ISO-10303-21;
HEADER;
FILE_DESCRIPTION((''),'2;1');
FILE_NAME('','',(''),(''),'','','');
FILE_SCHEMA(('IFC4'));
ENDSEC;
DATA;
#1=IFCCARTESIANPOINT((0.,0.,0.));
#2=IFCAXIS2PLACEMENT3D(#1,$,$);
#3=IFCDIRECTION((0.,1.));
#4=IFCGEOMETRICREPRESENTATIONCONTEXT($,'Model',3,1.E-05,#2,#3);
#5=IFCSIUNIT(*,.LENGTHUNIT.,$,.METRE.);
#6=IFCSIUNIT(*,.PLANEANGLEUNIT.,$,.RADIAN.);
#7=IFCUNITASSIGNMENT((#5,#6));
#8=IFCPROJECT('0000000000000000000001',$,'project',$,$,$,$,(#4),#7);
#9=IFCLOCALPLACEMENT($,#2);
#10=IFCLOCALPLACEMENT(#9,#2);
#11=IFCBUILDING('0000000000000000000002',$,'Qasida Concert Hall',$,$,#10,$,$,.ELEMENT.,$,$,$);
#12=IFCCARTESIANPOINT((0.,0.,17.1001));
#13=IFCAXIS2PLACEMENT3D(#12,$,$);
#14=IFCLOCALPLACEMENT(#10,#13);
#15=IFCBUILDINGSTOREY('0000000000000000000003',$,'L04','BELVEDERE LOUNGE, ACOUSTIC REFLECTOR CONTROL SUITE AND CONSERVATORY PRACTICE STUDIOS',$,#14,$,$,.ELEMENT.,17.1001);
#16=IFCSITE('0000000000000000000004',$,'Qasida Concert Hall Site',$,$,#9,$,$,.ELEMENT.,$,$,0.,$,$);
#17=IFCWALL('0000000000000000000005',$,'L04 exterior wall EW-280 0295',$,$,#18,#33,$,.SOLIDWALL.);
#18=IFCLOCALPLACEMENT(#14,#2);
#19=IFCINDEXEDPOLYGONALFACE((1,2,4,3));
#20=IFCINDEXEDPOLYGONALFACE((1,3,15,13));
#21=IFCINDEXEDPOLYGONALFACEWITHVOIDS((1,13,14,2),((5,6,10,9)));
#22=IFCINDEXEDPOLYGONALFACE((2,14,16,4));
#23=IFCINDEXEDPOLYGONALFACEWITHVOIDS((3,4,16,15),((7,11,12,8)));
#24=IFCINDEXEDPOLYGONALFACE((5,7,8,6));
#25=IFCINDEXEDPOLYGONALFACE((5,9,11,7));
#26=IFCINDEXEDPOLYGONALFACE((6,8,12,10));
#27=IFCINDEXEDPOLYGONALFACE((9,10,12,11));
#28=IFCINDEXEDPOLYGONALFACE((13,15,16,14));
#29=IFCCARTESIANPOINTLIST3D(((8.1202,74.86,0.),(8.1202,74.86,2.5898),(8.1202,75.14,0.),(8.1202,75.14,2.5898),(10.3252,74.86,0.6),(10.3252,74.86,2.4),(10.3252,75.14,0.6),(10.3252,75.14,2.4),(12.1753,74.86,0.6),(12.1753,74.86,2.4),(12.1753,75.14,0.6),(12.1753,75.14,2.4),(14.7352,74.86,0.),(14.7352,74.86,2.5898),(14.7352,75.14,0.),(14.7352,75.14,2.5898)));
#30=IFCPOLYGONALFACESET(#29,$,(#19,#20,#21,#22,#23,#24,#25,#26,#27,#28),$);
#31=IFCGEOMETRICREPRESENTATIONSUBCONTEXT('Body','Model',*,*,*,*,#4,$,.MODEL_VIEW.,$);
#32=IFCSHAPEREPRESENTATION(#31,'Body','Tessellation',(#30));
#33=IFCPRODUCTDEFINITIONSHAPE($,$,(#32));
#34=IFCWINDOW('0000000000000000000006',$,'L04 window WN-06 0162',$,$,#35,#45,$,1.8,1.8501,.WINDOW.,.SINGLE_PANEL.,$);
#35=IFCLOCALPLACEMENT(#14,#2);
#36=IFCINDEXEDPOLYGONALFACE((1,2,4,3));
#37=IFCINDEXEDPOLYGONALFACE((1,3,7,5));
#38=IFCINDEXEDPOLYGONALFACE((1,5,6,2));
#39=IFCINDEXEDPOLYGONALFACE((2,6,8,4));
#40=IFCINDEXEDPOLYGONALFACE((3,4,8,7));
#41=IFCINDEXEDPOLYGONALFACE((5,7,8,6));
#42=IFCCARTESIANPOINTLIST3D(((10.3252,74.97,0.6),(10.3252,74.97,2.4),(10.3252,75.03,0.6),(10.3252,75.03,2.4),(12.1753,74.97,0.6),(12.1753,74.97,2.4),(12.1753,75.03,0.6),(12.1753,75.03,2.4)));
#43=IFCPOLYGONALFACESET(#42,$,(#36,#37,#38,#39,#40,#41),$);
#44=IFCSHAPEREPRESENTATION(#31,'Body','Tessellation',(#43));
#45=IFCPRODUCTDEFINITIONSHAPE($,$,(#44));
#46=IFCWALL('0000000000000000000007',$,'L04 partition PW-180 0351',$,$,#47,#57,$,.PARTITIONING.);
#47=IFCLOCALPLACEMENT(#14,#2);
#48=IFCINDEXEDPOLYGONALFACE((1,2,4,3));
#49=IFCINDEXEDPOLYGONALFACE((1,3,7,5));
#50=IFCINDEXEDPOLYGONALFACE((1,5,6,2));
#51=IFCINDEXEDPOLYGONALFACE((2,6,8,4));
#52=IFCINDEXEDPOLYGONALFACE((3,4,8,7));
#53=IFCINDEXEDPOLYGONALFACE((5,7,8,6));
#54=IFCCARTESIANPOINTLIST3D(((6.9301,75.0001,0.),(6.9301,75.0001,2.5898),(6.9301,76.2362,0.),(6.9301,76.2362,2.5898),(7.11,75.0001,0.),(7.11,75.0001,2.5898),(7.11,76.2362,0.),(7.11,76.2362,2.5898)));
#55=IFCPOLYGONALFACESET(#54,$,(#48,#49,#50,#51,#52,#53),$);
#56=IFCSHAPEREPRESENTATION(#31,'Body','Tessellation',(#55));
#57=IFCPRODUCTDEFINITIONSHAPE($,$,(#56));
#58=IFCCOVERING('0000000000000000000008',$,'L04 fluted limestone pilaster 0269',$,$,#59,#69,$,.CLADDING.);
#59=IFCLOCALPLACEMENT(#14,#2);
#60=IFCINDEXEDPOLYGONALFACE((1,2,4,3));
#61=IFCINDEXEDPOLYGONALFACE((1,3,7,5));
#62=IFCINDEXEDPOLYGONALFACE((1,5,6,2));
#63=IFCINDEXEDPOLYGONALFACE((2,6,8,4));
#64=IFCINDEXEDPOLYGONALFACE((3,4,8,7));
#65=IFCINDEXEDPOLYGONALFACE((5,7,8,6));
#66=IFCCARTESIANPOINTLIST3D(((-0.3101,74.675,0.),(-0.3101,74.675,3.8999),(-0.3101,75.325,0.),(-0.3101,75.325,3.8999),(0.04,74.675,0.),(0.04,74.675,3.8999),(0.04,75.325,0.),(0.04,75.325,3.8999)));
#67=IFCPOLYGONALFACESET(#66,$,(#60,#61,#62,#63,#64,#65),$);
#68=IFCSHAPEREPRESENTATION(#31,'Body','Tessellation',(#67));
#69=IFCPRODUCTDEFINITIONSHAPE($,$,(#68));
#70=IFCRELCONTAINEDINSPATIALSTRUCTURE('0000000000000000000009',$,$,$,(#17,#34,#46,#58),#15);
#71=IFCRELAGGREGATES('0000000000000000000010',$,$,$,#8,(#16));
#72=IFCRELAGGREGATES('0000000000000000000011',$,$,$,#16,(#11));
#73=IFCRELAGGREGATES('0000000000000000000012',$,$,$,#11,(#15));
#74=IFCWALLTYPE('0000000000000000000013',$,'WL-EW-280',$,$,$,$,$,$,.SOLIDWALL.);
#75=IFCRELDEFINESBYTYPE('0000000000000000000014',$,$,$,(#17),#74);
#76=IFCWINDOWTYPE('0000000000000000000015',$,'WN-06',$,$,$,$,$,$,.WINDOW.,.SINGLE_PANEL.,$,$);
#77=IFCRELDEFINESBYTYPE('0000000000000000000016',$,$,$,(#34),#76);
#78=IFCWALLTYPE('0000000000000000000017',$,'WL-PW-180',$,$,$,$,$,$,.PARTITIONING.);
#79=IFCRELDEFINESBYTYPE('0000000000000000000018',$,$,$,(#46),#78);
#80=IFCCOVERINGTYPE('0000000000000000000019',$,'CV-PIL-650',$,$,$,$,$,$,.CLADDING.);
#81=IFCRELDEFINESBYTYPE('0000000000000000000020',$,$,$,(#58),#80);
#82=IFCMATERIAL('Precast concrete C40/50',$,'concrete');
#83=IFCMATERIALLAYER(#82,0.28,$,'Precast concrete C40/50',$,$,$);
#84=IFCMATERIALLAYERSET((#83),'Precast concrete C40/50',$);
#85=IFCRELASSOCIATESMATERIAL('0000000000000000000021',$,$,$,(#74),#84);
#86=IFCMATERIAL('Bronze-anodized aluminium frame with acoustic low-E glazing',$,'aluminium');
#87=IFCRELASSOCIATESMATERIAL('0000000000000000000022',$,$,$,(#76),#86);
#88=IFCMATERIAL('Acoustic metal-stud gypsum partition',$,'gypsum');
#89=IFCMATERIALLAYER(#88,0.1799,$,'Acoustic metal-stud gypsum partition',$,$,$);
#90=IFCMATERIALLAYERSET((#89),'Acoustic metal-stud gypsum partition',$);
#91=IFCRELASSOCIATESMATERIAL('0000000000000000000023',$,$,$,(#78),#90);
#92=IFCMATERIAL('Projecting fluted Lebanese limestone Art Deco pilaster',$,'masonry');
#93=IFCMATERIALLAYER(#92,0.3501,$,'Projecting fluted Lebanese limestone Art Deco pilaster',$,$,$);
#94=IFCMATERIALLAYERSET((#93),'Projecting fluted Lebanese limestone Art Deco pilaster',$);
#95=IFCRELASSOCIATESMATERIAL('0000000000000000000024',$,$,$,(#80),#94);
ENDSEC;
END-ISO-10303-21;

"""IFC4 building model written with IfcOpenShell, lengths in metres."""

from ifc_helpers import new_model, si_unit, direction, frame, frame_2d, origin, origin_2d, place, context, subcontext, project, spatial, rectangle, extrude, material, layer, layer_set, type_object, element, fill, save


model = new_model("IFC4")

# Units and contexts
model_context = context("Model", 3, precision=1e-05, world=origin(), true_north=direction((0.0, 1.0)))
body_context = subcontext(model_context, "Body", "Model", "MODEL_VIEW")
ifc_project = project(units=[si_unit("LENGTHUNIT", "METRE"), si_unit("PLANEANGLEUNIT", "RADIAN")], contexts=[model_context])

# Site, building, storey
site_placement = place(None, origin())
site = spatial("IfcSite", under=ifc_project, at=site_placement, Name="Qasida Concert Hall Site", CompositionType="ELEMENT", RefElevation=0.0)
building_placement = place(site_placement, origin())
building = spatial("IfcBuilding", under=site, at=building_placement, Name="Qasida Concert Hall", CompositionType="ELEMENT")
storey_placement = place(building_placement, frame((0.0, 0.0, 17.1001)))
storey = spatial("IfcBuildingStorey", under=building, at=storey_placement, Name="L04", Description="BELVEDERE LOUNGE, ACOUSTIC REFLECTOR CONTROL SUITE AND CONSERVATORY PRACTICE STUDIOS", CompositionType="ELEMENT", Elevation=17.1001)

# Wall, opening, window
ifc_material_1 = material(Name="Precast concrete C40/50", Category="concrete")
ifc_layer_1 = layer(ifc_material_1, 0.28, Name="Precast concrete C40/50")
ifc_layer_set_1 = layer_set([ifc_layer_1], Name="Precast concrete C40/50")
wall_type_1 = type_object("IfcWallType", Name="WL-EW-280", PredefinedType="SOLIDWALL", material=ifc_layer_set_1)
ifc_material_2 = material(Name="Bronze-anodized aluminium frame with acoustic low-E glazing", Category="aluminium")
wall_1_placement = place(storey_placement, frame((8.1201, 75.0, 0.0), z_axis=(0.0, 0.0, 1.0), x_axis=(1.0, 0.0, 0.0)))
wall_1 = element("IfcWall", 1, at=wall_1_placement, inside=storey, type_object=wall_type_1, Name="L04 exterior wall EW-280 0295", PredefinedType="SOLIDWALL", context=body_context, shape_type="SweptSolid", body=[
    extrude(rectangle(XDim=6.615, YDim=0.28, at=frame_2d((3.3076, 0.0))), origin(), (0.0, 0.0, 1.0), 2.5898),
])
opening_1_placement = place(wall_1_placement, frame((2.2051, 0.0, 0.6001)))
opening_1 = element("IfcOpeningElement", 2, at=opening_1_placement, cuts=wall_1, PredefinedType="OPENING", context=body_context, shape_type="SweptSolid", body=[
    extrude(rectangle(XDim=1.8501, YDim=1.8, at=frame_2d((0.925, 0.8999))), frame((0.0, 0.1499, 0.0), z_axis=(0.0, -1.0, 0.0), x_axis=(1.0, 0.0, 0.0)), (0.0, 0.0, 1.0), 0.3),
])
window_type_1 = type_object("IfcWindowType", Name="WN-06", PartitioningType="SINGLE_PANEL", PredefinedType="WINDOW", material=ifc_material_2)
window_1_placement = place(opening_1_placement, origin())
window_1 = element("IfcWindow", 3, at=window_1_placement, inside=storey, type_object=window_type_1, Name="L04 window WN-06 0162", OverallHeight=1.8, OverallWidth=1.8501, PartitioningType="SINGLE_PANEL", PredefinedType="WINDOW", context=body_context, shape_type="SweptSolid", body=[
    extrude(rectangle(XDim=1.8501, YDim=1.8, at=frame_2d((0.925, 0.8999))), frame((0.0, 0.03, 0.0), z_axis=(0.0, -1.0, 0.0), x_axis=(1.0, 0.0, 0.0)), (0.0, 0.0, 1.0), 0.0601),
])
fill(opening_1, window_1)

# Wall
ifc_material_3 = material(Name="Acoustic metal-stud gypsum partition", Category="gypsum")
ifc_layer_2 = layer(ifc_material_3, 0.1799, Name="Acoustic metal-stud gypsum partition")
ifc_layer_set_2 = layer_set([ifc_layer_2], Name="Acoustic metal-stud gypsum partition")
wall_type_2 = type_object("IfcWallType", Name="WL-PW-180", PredefinedType="PARTITIONING", material=ifc_layer_set_2)
wall_2_placement = place(storey_placement, frame((7.02, 75.0, 0.0), z_axis=(0.0, 0.0, 1.0), x_axis=(0.0, 1.0, 0.0)))
element("IfcWall", 4, at=wall_2_placement, inside=storey, type_object=wall_type_2, Name="L04 partition PW-180 0351", PredefinedType="PARTITIONING", context=body_context, shape_type="SweptSolid", body=[
    extrude(rectangle(XDim=1.2361, YDim=0.1799, at=frame_2d((0.6182, 0.0))), origin(), (0.0, 0.0, 1.0), 2.5898),
])

# Covering
ifc_material_4 = material(Name="Projecting fluted Lebanese limestone Art Deco pilaster", Category="masonry")
ifc_layer_3 = layer(ifc_material_4, 0.3501, Name="Projecting fluted Lebanese limestone Art Deco pilaster")
ifc_layer_set_3 = layer_set([ifc_layer_3], Name="Projecting fluted Lebanese limestone Art Deco pilaster")
covering_type = type_object("IfcCoveringType", Name="CV-PIL-650", PredefinedType="CLADDING", material=ifc_layer_set_3)
covering_placement = place(storey_placement, frame((-0.135, 75.0, 0.0), z_axis=(0.0, 0.0, 1.0), x_axis=(1.0, 0.0, 0.0)))
element("IfcCovering", 5, at=covering_placement, inside=storey, type_object=covering_type, Name="L04 fluted limestone pilaster 0269", PredefinedType="CLADDING", context=body_context, shape_type="SweptSolid", body=[
    extrude(rectangle(XDim=0.3501, YDim=0.6499, at=origin_2d()), origin(), (0.0, 0.0, 1.0), 3.8999),
])

save(model, "model.ifc")
